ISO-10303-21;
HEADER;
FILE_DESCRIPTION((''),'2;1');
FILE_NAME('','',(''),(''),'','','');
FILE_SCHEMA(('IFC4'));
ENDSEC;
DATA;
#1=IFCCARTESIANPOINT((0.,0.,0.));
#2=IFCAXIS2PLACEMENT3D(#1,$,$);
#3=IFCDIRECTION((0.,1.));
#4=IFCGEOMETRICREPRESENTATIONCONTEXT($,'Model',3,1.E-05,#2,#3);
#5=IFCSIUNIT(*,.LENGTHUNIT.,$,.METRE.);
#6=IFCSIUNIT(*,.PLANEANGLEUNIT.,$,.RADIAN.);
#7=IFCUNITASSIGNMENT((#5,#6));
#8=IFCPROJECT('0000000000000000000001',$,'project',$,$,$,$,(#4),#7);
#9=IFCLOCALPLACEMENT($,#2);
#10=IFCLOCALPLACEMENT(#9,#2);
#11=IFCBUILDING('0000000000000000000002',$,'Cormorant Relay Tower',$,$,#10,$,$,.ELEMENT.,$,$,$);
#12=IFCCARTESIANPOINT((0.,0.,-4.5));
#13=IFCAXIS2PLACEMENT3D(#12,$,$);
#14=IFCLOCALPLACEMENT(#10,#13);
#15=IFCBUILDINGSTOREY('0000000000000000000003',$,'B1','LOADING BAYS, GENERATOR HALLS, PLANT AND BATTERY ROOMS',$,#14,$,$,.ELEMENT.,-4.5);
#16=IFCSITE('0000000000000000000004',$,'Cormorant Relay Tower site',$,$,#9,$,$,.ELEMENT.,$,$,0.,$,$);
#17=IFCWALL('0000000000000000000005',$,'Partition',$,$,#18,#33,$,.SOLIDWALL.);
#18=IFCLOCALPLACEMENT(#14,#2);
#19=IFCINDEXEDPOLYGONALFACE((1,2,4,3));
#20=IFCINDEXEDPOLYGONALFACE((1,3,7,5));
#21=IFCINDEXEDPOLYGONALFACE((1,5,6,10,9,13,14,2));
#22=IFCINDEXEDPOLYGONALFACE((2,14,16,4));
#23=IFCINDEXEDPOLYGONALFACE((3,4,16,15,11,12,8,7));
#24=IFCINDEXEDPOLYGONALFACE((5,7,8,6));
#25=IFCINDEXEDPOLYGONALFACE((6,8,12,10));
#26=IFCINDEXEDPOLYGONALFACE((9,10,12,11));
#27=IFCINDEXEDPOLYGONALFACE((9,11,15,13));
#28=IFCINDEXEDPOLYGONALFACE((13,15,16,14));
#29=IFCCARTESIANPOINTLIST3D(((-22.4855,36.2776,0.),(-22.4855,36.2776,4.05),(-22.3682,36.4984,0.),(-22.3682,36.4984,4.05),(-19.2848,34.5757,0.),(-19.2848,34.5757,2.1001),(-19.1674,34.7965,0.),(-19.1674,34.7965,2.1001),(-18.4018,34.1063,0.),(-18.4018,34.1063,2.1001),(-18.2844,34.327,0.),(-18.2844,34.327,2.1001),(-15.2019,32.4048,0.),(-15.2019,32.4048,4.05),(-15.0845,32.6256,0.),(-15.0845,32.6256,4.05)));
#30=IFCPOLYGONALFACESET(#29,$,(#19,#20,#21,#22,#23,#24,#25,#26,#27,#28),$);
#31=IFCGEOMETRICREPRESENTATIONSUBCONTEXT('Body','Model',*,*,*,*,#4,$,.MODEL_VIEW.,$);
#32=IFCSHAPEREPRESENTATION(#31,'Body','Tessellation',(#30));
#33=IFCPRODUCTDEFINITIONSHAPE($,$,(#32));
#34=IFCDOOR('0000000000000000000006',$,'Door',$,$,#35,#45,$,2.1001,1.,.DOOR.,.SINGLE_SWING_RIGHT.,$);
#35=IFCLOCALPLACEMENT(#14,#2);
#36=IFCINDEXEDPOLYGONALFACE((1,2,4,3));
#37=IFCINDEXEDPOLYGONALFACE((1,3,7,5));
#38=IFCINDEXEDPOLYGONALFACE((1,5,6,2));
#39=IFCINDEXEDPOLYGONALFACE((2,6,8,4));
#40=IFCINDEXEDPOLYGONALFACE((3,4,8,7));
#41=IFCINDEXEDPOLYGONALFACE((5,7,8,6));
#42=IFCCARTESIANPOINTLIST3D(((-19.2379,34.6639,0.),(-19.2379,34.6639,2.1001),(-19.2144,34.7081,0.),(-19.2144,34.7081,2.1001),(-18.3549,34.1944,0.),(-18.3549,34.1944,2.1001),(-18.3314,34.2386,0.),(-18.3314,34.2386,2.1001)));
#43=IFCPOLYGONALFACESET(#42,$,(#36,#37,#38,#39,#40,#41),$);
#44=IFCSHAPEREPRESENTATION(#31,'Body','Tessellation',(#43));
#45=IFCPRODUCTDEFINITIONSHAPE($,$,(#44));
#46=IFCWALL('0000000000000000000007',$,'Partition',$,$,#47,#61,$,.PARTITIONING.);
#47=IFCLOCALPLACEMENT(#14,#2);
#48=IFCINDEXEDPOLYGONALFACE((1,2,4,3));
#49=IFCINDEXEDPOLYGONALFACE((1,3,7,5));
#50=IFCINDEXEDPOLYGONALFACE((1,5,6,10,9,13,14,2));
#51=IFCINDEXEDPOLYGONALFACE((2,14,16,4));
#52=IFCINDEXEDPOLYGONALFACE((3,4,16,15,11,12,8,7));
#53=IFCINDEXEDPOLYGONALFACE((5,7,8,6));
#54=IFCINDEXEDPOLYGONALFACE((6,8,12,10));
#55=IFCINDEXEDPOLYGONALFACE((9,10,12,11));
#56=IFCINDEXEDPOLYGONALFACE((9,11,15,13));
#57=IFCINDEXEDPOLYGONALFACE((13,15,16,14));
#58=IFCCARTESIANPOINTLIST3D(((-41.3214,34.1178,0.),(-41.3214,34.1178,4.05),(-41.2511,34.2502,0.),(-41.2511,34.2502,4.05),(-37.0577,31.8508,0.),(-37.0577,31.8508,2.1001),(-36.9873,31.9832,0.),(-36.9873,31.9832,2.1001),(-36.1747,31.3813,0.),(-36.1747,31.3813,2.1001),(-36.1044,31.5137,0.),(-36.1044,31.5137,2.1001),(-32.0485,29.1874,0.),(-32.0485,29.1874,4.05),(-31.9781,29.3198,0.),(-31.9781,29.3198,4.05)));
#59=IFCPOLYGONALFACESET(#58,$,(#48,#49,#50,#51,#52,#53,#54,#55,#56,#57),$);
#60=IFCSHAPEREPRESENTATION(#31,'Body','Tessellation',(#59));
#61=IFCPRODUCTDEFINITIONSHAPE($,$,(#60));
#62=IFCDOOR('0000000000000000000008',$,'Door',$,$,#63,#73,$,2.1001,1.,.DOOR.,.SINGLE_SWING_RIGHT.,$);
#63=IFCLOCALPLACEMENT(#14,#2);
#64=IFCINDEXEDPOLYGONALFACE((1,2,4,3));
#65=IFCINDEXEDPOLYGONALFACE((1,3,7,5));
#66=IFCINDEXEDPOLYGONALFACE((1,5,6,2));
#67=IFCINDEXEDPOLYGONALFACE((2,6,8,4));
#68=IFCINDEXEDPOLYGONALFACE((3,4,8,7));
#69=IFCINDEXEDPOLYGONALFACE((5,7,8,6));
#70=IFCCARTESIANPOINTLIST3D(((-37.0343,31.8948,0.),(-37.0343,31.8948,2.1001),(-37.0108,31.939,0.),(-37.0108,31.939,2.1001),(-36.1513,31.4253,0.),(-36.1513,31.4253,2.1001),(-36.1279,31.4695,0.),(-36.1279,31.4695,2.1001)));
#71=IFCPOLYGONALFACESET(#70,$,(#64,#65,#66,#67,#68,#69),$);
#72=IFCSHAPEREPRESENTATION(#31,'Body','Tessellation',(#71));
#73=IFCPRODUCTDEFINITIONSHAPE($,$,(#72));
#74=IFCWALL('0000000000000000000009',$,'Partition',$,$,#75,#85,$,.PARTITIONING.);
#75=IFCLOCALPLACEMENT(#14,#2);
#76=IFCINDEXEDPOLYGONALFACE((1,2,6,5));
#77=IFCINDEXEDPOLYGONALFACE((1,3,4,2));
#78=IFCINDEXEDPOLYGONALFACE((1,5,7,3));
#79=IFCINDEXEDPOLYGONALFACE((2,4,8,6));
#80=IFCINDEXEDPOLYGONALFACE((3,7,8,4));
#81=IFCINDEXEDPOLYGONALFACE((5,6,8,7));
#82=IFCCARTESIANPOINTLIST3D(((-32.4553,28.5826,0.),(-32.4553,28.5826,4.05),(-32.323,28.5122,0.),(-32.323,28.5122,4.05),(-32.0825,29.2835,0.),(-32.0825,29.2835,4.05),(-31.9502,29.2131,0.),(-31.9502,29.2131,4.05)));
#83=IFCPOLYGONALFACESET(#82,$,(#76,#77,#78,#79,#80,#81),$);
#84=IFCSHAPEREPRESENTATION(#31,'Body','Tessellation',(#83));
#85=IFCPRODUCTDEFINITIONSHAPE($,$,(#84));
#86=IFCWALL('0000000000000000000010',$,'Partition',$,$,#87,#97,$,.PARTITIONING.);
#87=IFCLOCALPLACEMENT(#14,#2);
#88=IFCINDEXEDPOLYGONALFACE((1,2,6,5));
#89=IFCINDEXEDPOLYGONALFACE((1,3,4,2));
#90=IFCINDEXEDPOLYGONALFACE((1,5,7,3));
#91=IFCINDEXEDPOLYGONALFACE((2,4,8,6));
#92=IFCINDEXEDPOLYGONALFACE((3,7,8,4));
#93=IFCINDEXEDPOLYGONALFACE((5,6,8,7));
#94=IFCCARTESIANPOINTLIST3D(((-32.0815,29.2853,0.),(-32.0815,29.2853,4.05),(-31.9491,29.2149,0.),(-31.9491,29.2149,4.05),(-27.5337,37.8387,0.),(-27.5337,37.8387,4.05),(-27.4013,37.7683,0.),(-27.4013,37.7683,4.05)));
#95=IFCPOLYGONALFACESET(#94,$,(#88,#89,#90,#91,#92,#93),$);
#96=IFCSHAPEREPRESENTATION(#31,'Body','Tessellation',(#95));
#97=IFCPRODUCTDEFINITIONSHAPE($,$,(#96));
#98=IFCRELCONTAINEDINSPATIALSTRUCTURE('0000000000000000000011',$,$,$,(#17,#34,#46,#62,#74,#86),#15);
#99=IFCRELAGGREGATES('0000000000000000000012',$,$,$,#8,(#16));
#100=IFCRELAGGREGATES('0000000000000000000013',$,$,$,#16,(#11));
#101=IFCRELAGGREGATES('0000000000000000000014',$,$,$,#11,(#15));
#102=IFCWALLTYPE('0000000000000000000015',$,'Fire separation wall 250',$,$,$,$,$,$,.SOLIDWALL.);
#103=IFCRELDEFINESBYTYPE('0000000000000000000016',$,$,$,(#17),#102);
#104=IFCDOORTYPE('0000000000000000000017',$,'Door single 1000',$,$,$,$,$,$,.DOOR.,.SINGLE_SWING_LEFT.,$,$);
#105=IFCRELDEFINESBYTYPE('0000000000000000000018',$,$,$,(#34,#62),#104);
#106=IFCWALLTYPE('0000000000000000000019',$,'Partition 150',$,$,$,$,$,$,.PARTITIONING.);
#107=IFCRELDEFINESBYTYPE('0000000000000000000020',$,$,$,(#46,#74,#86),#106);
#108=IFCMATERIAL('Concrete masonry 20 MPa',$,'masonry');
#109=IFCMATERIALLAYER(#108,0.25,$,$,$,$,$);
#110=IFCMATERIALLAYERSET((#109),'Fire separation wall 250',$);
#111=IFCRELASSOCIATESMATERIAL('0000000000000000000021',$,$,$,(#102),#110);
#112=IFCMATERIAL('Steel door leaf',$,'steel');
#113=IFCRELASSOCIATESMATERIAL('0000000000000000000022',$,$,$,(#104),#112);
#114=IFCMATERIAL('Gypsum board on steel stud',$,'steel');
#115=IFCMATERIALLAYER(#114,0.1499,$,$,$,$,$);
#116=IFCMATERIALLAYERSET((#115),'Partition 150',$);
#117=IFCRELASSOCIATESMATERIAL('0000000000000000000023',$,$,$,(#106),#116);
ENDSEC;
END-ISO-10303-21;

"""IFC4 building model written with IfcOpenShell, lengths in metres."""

from ifc_helpers import new_model, si_unit, direction, frame, frame_2d, origin, place, context, subcontext, project, spatial, rectangle, extrude, material, layer, layer_set, type_object, element, fill, save


model = new_model("IFC4")

# Units and contexts
model_context = context("Model", 3, precision=1e-05, world=origin(), true_north=direction((0.0, 1.0)))
body_context = subcontext(model_context, "Body", "Model", "MODEL_VIEW")
ifc_project = project(units=[si_unit("LENGTHUNIT", "METRE"), si_unit("PLANEANGLEUNIT", "RADIAN")], contexts=[model_context])

# Site, building, storey
site_placement = place(None, origin())
site = spatial("IfcSite", under=ifc_project, at=site_placement, Name="Cormorant Relay Tower site", CompositionType="ELEMENT", RefElevation=0.0)
building_placement = place(site_placement, origin())
building = spatial("IfcBuilding", under=site, at=building_placement, Name="Cormorant Relay Tower", CompositionType="ELEMENT")
storey_placement = place(building_placement, frame((0.0, 0.0, -4.5)))
storey = spatial("IfcBuildingStorey", under=building, at=storey_placement, Name="B1", Description="LOADING BAYS, GENERATOR HALLS, PLANT AND BATTERY ROOMS", CompositionType="ELEMENT", Elevation=-4.5)

# Walls, openings, doors
ifc_material_1 = material(Name="Concrete masonry 20 MPa", Category="masonry")
ifc_layer_1 = layer(ifc_material_1, 0.25)
ifc_layer_set_1 = layer_set([ifc_layer_1], Name="Fire separation wall 250")
wall_type_1 = type_object("IfcWallType", Name="Fire separation wall 250", PredefinedType="SOLIDWALL", material=ifc_layer_set_1)
wall_1_placement = place(storey_placement, frame((-22.4268, 36.3879, 0.0), z_axis=(0.0, 0.0, 1.0), x_axis=(0.882948, -0.469471, 0.0)))
wall_1 = element("IfcWall", 1, at=wall_1_placement, inside=storey, type_object=wall_type_1, Name="Partition", PredefinedType="SOLIDWALL", context=body_context, shape_type="SweptSolid", body=[
    extrude(rectangle(XDim=8.2493, YDim=0.25, at=frame_2d((4.1245, 0.0))), origin(), (0.0, 0.0, 1.0), 4.05),
])
opening_1_placement = place(wall_1_placement, frame((3.625, 0.0, 0.0)))
opening_1 = element("IfcOpeningElement", 2, at=opening_1_placement, cuts=wall_1, PredefinedType="OPENING", context=body_context, shape_type="SweptSolid", body=[
    extrude(rectangle(XDim=1.0, YDim=2.1001, at=frame_2d((0.5, 1.05))), frame((0.0, 0.135, 0.0), z_axis=(0.0, -1.0, 0.0), x_axis=(1.0, 0.0, 0.0)), (0.0, 0.0, 1.0), 0.27),
])
ifc_material_2 = material(Name="Steel door leaf", Category="steel")
door_type_1 = type_object("IfcDoorType", Name="Door single 1000", OperationType="SINGLE_SWING_LEFT", PredefinedType="DOOR", material=ifc_material_2)
door_1_placement = place(opening_1_placement, origin())
door_1 = element("IfcDoor", 3, at=door_1_placement, inside=storey, type_object=door_type_1, Name="Door", OperationType="SINGLE_SWING_RIGHT", OverallHeight=2.1001, OverallWidth=1.0, PredefinedType="DOOR", context=body_context, shape_type="SweptSolid", body=[
    extrude(rectangle(XDim=1.0, YDim=2.1001, at=frame_2d((0.5, 1.05))), frame((0.0, 0.0249, 0.0), z_axis=(0.0, -1.0, 0.0), x_axis=(1.0, 0.0, 0.0)), (0.0, 0.0, 1.0), 0.05),
])
fill(opening_1, door_1)
ifc_material_3 = material(Name="Gypsum board on steel stud", Category="steel")
ifc_layer_2 = layer(ifc_material_3, 0.1499)
ifc_layer_set_2 = layer_set([ifc_layer_2], Name="Partition 150")
wall_type_2 = type_object("IfcWallType", Name="Partition 150", PredefinedType="PARTITIONING", material=ifc_layer_set_2)
wall_2_placement = place(storey_placement, frame((-32.0134, 29.2537, 0.0), z_axis=(0.0, 0.0, 1.0), x_axis=(-0.882951, 0.469465, 0.0)))
wall_2 = element("IfcWall", 4, at=wall_2_placement, inside=storey, type_object=wall_type_2, Name="Partition", PredefinedType="PARTITIONING", context=body_context, shape_type="SweptSolid", body=[
    extrude(rectangle(XDim=10.5022, YDim=0.1499, at=frame_2d((5.251, 0.0))), origin(), (0.0, 0.0, 1.0), 4.05),
])
opening_2_placement = place(wall_2_placement, frame((4.6731, 0.0, 0.0)))
opening_2 = element("IfcOpeningElement", 5, at=opening_2_placement, cuts=wall_2, PredefinedType="OPENING", context=body_context, shape_type="SweptSolid", body=[
    extrude(rectangle(XDim=1.0, YDim=2.1001, at=frame_2d((0.5, 1.05))), frame((0.0, 0.085, 0.0), z_axis=(0.0, -1.0, 0.0), x_axis=(1.0, 0.0, 0.0)), (0.0, 0.0, 1.0), 0.1699),
])
door_2_placement = place(opening_2_placement, frame((1.0, 0.0, 0.0), z_axis=(0.0, 0.0, 1.0), x_axis=(-1.0, 0.0, 0.0)))
door_2 = element("IfcDoor", 6, at=door_2_placement, inside=storey, type_object=door_type_1, Name="Door", OperationType="SINGLE_SWING_RIGHT", OverallHeight=2.1001, OverallWidth=1.0, PredefinedType="DOOR", context=body_context, shape_type="SweptSolid", body=[
    extrude(rectangle(XDim=1.0, YDim=2.1001, at=frame_2d((0.5, 1.05))), frame((0.0, 0.0249, 0.0), z_axis=(0.0, -1.0, 0.0), x_axis=(1.0, 0.0, 0.0)), (0.0, 0.0, 1.0), 0.05),
])
fill(opening_2, door_2)

# Walls
wall_3_placement = place(storey_placement, frame((-32.3892, 28.5474, 0.0), z_axis=(0.0, 0.0, 1.0), x_axis=(0.469582, 0.882889, 0.0)))
element("IfcWall", 7, at=wall_3_placement, inside=storey, type_object=wall_type_2, Name="Partition", PredefinedType="PARTITIONING", context=body_context, shape_type="SweptSolid", body=[
    extrude(rectangle(XDim=0.7939, YDim=0.1499, at=frame_2d((0.397, 0.0))), origin(), (0.0, 0.0, 1.0), 4.05),
])
wall_4_placement = place(storey_placement, frame((-32.0154, 29.25, 0.0), z_axis=(0.0, 0.0, 1.0), x_axis=(0.469463, 0.882952, 0.0)))
element("IfcWall", 8, at=wall_4_placement, inside=storey, type_object=wall_type_2, Name="Partition", PredefinedType="PARTITIONING", context=body_context, shape_type="SweptSolid", body=[
    extrude(rectangle(XDim=9.6873, YDim=0.1499, at=frame_2d((4.8438, 0.0))), origin(), (0.0, 0.0, 1.0), 4.05),
])

save(model, "model.ifc")
